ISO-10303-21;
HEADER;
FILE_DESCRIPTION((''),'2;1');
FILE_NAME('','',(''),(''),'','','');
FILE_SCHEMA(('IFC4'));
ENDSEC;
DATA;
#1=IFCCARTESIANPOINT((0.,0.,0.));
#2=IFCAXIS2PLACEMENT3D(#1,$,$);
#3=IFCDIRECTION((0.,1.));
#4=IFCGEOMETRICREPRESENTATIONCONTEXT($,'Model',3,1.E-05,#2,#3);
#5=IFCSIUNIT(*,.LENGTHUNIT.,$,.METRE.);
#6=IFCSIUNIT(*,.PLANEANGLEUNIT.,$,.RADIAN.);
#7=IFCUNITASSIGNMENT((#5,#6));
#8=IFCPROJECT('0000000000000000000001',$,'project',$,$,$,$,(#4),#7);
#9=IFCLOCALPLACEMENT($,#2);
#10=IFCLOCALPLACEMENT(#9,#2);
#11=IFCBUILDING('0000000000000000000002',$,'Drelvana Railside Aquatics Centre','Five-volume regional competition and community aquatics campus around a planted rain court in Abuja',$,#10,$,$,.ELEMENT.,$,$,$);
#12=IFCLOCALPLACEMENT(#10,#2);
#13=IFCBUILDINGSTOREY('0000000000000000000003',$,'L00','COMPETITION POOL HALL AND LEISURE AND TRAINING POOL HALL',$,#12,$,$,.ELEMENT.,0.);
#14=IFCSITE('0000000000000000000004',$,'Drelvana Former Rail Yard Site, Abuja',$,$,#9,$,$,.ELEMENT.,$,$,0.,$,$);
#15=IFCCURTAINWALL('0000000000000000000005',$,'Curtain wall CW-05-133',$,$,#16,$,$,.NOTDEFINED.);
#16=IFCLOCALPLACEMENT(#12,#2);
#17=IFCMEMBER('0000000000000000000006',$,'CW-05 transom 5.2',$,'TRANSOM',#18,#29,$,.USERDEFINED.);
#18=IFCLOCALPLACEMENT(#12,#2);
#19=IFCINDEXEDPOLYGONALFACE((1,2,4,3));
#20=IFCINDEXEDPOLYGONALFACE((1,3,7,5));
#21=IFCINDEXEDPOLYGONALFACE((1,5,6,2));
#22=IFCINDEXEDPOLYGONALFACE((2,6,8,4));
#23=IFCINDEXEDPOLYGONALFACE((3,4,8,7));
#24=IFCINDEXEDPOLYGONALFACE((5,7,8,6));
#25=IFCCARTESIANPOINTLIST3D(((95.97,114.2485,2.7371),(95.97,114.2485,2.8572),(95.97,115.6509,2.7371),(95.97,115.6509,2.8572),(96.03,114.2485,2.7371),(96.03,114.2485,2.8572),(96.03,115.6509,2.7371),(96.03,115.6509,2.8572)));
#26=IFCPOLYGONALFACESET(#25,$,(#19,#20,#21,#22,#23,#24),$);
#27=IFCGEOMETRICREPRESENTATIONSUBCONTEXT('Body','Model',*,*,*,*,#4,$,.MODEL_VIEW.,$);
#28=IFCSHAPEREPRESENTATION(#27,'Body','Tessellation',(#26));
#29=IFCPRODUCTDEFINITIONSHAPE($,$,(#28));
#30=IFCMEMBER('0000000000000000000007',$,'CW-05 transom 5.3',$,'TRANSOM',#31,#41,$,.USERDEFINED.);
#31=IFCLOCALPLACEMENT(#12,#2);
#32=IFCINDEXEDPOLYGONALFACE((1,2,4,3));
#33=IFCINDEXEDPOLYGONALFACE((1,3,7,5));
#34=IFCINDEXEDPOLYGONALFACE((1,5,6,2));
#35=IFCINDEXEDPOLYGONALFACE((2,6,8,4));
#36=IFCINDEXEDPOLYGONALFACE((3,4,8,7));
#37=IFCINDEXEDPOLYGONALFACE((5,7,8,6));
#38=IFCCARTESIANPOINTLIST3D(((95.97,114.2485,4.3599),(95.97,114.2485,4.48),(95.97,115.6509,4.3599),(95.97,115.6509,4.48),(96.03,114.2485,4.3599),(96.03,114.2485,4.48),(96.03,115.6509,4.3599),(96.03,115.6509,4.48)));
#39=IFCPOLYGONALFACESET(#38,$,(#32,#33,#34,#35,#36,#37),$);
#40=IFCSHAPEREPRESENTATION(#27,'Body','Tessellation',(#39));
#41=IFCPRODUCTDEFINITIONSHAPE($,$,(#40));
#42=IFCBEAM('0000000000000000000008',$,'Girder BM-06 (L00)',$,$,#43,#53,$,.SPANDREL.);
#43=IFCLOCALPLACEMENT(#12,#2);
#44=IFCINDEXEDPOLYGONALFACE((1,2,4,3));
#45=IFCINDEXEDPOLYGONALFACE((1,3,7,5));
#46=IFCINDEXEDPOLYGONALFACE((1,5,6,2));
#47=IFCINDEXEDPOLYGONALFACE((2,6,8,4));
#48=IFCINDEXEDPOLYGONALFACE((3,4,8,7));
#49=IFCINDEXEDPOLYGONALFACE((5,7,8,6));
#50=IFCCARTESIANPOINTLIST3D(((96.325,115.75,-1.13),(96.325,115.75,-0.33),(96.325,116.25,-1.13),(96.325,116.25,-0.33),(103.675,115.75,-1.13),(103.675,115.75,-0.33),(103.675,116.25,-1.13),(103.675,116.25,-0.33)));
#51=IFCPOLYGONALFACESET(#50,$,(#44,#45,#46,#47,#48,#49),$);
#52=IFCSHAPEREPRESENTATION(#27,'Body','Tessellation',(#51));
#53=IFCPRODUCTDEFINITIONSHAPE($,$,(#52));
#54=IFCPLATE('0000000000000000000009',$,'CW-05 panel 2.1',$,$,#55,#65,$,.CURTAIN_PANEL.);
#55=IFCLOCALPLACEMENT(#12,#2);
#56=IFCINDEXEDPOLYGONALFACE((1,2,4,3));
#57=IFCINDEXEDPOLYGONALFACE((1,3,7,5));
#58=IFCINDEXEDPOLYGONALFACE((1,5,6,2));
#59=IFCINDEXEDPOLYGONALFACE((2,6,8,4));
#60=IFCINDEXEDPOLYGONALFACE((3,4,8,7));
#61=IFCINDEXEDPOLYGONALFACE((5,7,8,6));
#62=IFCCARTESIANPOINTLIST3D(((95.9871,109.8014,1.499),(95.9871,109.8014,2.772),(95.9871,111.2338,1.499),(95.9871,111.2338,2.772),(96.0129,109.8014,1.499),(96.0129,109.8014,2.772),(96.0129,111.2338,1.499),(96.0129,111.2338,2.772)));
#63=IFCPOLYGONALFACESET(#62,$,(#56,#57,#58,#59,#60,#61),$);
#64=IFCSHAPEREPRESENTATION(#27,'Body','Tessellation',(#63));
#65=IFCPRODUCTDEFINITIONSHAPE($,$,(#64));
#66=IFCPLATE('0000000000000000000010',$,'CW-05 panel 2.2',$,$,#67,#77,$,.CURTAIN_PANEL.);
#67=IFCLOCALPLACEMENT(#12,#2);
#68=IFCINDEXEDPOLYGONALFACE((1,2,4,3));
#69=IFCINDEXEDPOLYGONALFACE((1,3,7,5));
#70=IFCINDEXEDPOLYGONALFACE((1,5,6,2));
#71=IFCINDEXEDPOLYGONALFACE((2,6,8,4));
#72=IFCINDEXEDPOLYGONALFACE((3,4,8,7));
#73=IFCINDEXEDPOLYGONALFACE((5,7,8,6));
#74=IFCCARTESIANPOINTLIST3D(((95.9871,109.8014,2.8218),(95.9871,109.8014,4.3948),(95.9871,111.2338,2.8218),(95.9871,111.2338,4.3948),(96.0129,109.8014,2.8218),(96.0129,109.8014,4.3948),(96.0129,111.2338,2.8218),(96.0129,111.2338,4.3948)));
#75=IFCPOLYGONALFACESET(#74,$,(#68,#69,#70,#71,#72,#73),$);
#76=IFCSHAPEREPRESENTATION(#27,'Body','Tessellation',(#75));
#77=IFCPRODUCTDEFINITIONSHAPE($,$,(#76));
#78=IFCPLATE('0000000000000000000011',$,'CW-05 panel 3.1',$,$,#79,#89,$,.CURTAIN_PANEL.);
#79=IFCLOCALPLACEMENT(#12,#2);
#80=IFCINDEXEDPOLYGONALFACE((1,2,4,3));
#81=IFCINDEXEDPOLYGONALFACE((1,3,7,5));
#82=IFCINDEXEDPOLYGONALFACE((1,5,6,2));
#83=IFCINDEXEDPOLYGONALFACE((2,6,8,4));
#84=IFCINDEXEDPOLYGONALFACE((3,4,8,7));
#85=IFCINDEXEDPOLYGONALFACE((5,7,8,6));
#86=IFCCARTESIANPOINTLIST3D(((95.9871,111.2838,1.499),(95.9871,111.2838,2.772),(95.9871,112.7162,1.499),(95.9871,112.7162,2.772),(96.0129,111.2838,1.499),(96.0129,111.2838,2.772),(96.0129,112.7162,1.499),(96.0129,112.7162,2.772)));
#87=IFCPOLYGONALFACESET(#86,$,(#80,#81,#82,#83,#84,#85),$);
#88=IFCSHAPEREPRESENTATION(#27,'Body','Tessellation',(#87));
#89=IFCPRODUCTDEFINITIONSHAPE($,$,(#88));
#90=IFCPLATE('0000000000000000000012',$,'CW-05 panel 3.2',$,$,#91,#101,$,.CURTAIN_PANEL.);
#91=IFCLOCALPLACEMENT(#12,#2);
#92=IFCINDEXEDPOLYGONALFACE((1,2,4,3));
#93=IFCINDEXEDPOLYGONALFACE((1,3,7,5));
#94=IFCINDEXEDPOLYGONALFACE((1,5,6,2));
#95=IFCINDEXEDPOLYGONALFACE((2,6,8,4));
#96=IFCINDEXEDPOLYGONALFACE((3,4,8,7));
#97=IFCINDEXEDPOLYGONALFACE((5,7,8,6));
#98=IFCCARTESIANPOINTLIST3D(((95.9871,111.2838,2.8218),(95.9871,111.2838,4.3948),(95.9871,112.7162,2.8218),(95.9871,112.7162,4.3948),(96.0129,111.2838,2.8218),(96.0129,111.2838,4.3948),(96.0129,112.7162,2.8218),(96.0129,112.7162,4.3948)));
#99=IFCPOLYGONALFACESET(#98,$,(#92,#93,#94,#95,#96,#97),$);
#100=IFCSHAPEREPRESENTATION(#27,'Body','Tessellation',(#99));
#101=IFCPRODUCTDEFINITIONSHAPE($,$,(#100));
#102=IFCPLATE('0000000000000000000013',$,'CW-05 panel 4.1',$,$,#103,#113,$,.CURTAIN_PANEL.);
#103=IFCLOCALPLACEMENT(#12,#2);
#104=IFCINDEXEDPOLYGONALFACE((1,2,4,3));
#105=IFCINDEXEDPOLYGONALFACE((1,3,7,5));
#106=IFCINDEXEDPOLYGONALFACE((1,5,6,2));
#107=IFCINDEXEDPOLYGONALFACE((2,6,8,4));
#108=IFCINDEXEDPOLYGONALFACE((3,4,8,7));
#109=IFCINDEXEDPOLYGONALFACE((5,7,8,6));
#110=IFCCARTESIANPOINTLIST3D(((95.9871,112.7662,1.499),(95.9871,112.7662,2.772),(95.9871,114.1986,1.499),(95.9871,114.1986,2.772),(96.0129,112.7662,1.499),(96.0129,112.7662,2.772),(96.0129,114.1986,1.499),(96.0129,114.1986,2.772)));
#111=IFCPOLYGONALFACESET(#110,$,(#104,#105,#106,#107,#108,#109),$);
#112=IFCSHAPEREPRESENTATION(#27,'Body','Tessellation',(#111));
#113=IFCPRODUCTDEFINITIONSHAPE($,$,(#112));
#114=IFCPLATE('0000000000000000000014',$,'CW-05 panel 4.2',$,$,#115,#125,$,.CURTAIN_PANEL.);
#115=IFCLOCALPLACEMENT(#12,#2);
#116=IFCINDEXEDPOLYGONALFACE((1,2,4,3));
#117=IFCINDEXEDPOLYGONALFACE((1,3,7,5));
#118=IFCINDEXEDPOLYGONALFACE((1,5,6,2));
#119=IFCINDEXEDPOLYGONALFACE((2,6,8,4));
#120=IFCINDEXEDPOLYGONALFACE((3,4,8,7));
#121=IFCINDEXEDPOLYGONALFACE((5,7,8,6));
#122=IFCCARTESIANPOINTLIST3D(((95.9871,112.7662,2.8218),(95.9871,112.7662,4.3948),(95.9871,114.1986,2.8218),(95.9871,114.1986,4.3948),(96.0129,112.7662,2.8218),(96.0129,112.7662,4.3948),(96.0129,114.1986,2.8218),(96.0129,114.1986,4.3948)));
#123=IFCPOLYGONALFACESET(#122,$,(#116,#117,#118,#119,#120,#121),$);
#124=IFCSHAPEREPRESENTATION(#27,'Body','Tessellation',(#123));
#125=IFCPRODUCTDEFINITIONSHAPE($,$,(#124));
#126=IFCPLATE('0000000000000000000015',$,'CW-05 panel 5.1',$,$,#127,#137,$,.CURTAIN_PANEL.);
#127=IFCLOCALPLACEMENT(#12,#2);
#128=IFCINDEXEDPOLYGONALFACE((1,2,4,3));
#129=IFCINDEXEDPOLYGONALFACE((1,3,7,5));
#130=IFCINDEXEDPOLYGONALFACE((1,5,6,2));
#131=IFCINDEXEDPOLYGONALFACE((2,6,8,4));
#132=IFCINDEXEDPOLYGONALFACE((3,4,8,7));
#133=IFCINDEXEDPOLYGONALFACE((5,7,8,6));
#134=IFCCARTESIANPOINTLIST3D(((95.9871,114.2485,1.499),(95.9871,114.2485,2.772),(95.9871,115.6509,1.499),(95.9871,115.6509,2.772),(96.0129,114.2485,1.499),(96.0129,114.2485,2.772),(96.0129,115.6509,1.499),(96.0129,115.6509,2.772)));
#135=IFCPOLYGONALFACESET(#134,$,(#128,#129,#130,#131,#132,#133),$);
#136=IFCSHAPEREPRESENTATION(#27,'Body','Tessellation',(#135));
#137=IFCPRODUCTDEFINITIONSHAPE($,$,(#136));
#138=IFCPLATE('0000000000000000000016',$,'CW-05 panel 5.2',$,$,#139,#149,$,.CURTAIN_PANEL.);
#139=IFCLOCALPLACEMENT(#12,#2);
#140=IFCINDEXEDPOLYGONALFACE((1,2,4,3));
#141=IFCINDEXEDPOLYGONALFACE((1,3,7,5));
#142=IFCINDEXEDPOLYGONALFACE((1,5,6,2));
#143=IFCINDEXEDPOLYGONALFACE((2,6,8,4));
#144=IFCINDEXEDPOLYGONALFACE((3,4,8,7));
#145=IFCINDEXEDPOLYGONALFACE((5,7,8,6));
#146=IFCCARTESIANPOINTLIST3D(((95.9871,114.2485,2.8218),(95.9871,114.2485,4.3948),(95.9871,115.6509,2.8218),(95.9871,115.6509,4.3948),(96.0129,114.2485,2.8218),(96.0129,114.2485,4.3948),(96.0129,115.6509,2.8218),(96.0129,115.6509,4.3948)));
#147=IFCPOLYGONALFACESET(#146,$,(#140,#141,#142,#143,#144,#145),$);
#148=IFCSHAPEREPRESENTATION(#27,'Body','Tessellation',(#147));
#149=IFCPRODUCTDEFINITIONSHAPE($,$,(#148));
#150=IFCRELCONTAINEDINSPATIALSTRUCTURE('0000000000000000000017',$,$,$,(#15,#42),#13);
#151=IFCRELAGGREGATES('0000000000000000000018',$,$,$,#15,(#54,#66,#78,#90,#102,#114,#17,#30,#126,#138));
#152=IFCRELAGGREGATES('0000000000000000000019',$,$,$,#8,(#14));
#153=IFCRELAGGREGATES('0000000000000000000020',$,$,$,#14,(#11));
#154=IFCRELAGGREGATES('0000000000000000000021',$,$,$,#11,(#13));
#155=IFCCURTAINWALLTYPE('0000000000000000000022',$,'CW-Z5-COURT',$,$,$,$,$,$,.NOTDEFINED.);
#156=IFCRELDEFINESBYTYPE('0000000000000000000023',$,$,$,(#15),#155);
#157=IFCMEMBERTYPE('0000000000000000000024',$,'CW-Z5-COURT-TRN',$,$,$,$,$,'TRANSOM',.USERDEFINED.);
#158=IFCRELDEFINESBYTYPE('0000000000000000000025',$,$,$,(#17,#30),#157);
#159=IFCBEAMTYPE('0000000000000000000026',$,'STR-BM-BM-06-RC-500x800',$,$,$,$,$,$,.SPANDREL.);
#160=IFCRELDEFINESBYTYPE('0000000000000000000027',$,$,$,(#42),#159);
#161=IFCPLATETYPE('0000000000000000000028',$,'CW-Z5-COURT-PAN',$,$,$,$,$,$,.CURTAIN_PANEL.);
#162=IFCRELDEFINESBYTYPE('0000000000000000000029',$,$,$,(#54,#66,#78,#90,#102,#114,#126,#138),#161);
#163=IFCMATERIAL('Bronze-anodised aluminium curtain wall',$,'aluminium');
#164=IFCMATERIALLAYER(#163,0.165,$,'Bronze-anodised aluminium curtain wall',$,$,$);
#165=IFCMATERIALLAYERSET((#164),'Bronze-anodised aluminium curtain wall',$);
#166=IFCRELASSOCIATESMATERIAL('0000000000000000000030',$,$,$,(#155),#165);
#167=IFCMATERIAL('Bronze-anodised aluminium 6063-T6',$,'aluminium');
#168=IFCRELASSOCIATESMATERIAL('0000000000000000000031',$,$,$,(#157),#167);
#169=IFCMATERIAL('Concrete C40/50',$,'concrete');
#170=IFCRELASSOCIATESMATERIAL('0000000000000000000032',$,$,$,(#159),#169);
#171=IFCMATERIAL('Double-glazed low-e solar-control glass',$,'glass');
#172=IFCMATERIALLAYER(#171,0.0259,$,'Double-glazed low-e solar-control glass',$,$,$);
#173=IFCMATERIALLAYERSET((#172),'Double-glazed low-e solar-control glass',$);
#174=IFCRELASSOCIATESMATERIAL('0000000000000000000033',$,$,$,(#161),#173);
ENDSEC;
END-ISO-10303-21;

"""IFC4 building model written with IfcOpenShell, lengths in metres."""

from ifc_helpers import new_model, si_unit, direction, frame, origin, origin_2d, place, context, subcontext, project, spatial, rectangle, extrude, material, layer, layer_set, material_profile, profile_set, type_object, element, aggregate, save


model = new_model("IFC4")

# Units and contexts
model_context = context("Model", 3, precision=1e-05, world=origin(), true_north=direction((0.0, 1.0)))
body_context = subcontext(model_context, "Body", "Model", "MODEL_VIEW")
ifc_project = project(units=[si_unit("LENGTHUNIT", "METRE"), si_unit("PLANEANGLEUNIT", "RADIAN")], contexts=[model_context])

# Site, building, storey
site_placement = place(None, origin())
site = spatial("IfcSite", under=ifc_project, at=site_placement, Name="Drelvana Former Rail Yard Site, Abuja", CompositionType="ELEMENT", RefElevation=0.0)
building_placement = place(site_placement, origin())
building = spatial("IfcBuilding", under=site, at=building_placement, Name="Drelvana Railside Aquatics Centre", Description="Five-volume regional competition and community aquatics campus around a planted rain court in Abuja", CompositionType="ELEMENT")
storey_placement = place(building_placement, origin())
storey = spatial("IfcBuildingStorey", under=building, at=storey_placement, Name="L00", Description="COMPETITION POOL HALL AND LEISURE AND TRAINING POOL HALL", CompositionType="ELEMENT", Elevation=0.0)

# Curtain wall, members
ifc_material_1 = material(Name="Bronze-anodised aluminium curtain wall", Category="aluminium")
ifc_layer_1 = layer(ifc_material_1, 0.165, Name="Bronze-anodised aluminium curtain wall")
ifc_layer_set_1 = layer_set([ifc_layer_1], Name="Bronze-anodised aluminium curtain wall")
curtain_wall_type = type_object("IfcCurtainWallType", Name="CW-Z5-COURT", PredefinedType="NOTDEFINED", material=ifc_layer_set_1)
curtain_wall_placement = place(storey_placement, origin())
curtain_wall = element("IfcCurtainWall", 1, at=curtain_wall_placement, inside=storey, type_object=curtain_wall_type, Name="Curtain wall CW-05-133", PredefinedType="NOTDEFINED")
ifc_material_2 = material(Name="Bronze-anodised aluminium 6063-T6", Category="aluminium")
ifc_material_profile_1 = material_profile(ifc_material_2, rectangle(XDim=0.1201, YDim=0.0601, at=origin_2d()), Name="ALU-T 60x120")
ifc_profile_set_1 = profile_set([ifc_material_profile_1], Name="Bronze-anodised aluminium 6063-T6")
member_type_1 = type_object("IfcMemberType", Name="CW-Z5-COURT-TRN", ElementType="TRANSOM", PredefinedType="USERDEFINED", material=ifc_profile_set_1)
member_1_placement = place(storey_placement, frame((96.0, 114.2485, 2.7971), z_axis=(0.0, 1.0, 0.0), x_axis=(0.0, 0.0, 1.0)))
member_1 = element("IfcMember", 2, at=member_1_placement, type_object=member_type_1, Name="CW-05 transom 5.2", ObjectType="TRANSOM", PredefinedType="USERDEFINED", context=body_context, shape_type="SweptSolid", body=[
    extrude(rectangle(XDim=0.1201, YDim=0.0601, at=origin_2d()), origin(), (0.0, 0.0, 1.0), 1.4023),
])
member_2_placement = place(storey_placement, frame((96.0, 114.2485, 4.4199), z_axis=(0.0, 1.0, 0.0), x_axis=(0.0, 0.0, 1.0)))
member_2 = element("IfcMember", 3, at=member_2_placement, type_object=member_type_1, Name="CW-05 transom 5.3", ObjectType="TRANSOM", PredefinedType="USERDEFINED", context=body_context, shape_type="SweptSolid", body=[
    extrude(rectangle(XDim=0.1201, YDim=0.0601, at=origin_2d()), origin(), (0.0, 0.0, 1.0), 1.4023),
])

# Beam
ifc_material_3 = material(Name="Concrete C40/50", Category="concrete")
ifc_material_profile_2 = material_profile(ifc_material_3, rectangle(XDim=0.5, YDim=0.8, at=origin_2d()), Name="RC 500x800")
ifc_profile_set_2 = profile_set([ifc_material_profile_2], Name="Concrete C40/50")
beam_type = type_object("IfcBeamType", Name="STR-BM-BM-06-RC-500x800", PredefinedType="SPANDREL", material=ifc_profile_set_2)
beam_placement = place(storey_placement, frame((96.325, 116.0, -0.73), z_axis=(1.0, 0.0, 0.0), x_axis=(0.0, 1.0, 0.0)))
element("IfcBeam", 4, at=beam_placement, inside=storey, type_object=beam_type, Name="Girder BM-06 (L00)", PredefinedType="SPANDREL", context=body_context, shape_type="SweptSolid", body=[
    extrude(rectangle(XDim=0.5, YDim=0.8, at=origin_2d()), origin(), (0.0, 0.0, 1.0), 7.3501),
])

# Plates
ifc_material_4 = material(Name="Double-glazed low-e solar-control glass", Category="glass")
ifc_layer_2 = layer(ifc_material_4, 0.0259, Name="Double-glazed low-e solar-control glass")
ifc_layer_set_2 = layer_set([ifc_layer_2], Name="Double-glazed low-e solar-control glass")
plate_type = type_object("IfcPlateType", Name="CW-Z5-COURT-PAN", PredefinedType="CURTAIN_PANEL", material=ifc_layer_set_2)
plate_1_placement = place(storey_placement, frame((96.0, 110.5176, 1.499), z_axis=(0.0, 0.0, 1.0), x_axis=(0.0, 1.0, 0.0)))
plate_1 = element("IfcPlate", 5, at=plate_1_placement, type_object=plate_type, Name="CW-05 panel 2.1", PredefinedType="CURTAIN_PANEL", context=body_context, shape_type="SweptSolid", body=[
    extrude(rectangle(XDim=1.4324, YDim=0.0259, at=origin_2d()), origin(), (0.0, 0.0, 1.0), 1.2729),
])
plate_2_placement = place(storey_placement, frame((96.0, 110.5176, 2.8218), z_axis=(0.0, 0.0, 1.0), x_axis=(0.0, 1.0, 0.0)))
plate_2 = element("IfcPlate", 6, at=plate_2_placement, type_object=plate_type, Name="CW-05 panel 2.2", PredefinedType="CURTAIN_PANEL", context=body_context, shape_type="SweptSolid", body=[
    extrude(rectangle(XDim=1.4324, YDim=0.0259, at=origin_2d()), origin(), (0.0, 0.0, 1.0), 1.573),
])
plate_3_placement = place(storey_placement, frame((96.0, 112.0, 1.499), z_axis=(0.0, 0.0, 1.0), x_axis=(0.0, 1.0, 0.0)))
plate_3 = element("IfcPlate", 7, at=plate_3_placement, type_object=plate_type, Name="CW-05 panel 3.1", PredefinedType="CURTAIN_PANEL", context=body_context, shape_type="SweptSolid", body=[
    extrude(rectangle(XDim=1.4324, YDim=0.0259, at=origin_2d()), origin(), (0.0, 0.0, 1.0), 1.2729),
])
plate_4_placement = place(storey_placement, frame((96.0, 112.0, 2.8218), z_axis=(0.0, 0.0, 1.0), x_axis=(0.0, 1.0, 0.0)))
plate_4 = element("IfcPlate", 8, at=plate_4_placement, type_object=plate_type, Name="CW-05 panel 3.2", PredefinedType="CURTAIN_PANEL", context=body_context, shape_type="SweptSolid", body=[
    extrude(rectangle(XDim=1.4324, YDim=0.0259, at=origin_2d()), origin(), (0.0, 0.0, 1.0), 1.573),
])
plate_5_placement = place(storey_placement, frame((96.0, 113.4824, 1.499), z_axis=(0.0, 0.0, 1.0), x_axis=(0.0, 1.0, 0.0)))
plate_5 = element("IfcPlate", 9, at=plate_5_placement, type_object=plate_type, Name="CW-05 panel 4.1", PredefinedType="CURTAIN_PANEL", context=body_context, shape_type="SweptSolid", body=[
    extrude(rectangle(XDim=1.4324, YDim=0.0259, at=origin_2d()), origin(), (0.0, 0.0, 1.0), 1.2729),
])
plate_6_placement = place(storey_placement, frame((96.0, 113.4824, 2.8218), z_axis=(0.0, 0.0, 1.0), x_axis=(0.0, 1.0, 0.0)))
plate_6 = element("IfcPlate", 10, at=plate_6_placement, type_object=plate_type, Name="CW-05 panel 4.2", PredefinedType="CURTAIN_PANEL", context=body_context, shape_type="SweptSolid", body=[
    extrude(rectangle(XDim=1.4324, YDim=0.0259, at=origin_2d()), origin(), (0.0, 0.0, 1.0), 1.573),
])
plate_7_placement = place(storey_placement, frame((96.0, 114.9497, 1.499), z_axis=(0.0, 0.0, 1.0), x_axis=(0.0, 1.0, 0.0)))
plate_7 = element("IfcPlate", 11, at=plate_7_placement, type_object=plate_type, Name="CW-05 panel 5.1", PredefinedType="CURTAIN_PANEL", context=body_context, shape_type="SweptSolid", body=[
    extrude(rectangle(XDim=1.4023, YDim=0.0259, at=origin_2d()), origin(), (0.0, 0.0, 1.0), 1.2729),
])
plate_8_placement = place(storey_placement, frame((96.0, 114.9497, 2.8218), z_axis=(0.0, 0.0, 1.0), x_axis=(0.0, 1.0, 0.0)))
plate_8 = element("IfcPlate", 12, at=plate_8_placement, type_object=plate_type, Name="CW-05 panel 5.2", PredefinedType="CURTAIN_PANEL", context=body_context, shape_type="SweptSolid", body=[
    extrude(rectangle(XDim=1.4023, YDim=0.0259, at=origin_2d()), origin(), (0.0, 0.0, 1.0), 1.573),
])
aggregate(curtain_wall, [plate_1, plate_2, plate_3, plate_4, plate_5, plate_6, member_1, member_2, plate_7, plate_8])

save(model, "model.ifc")
